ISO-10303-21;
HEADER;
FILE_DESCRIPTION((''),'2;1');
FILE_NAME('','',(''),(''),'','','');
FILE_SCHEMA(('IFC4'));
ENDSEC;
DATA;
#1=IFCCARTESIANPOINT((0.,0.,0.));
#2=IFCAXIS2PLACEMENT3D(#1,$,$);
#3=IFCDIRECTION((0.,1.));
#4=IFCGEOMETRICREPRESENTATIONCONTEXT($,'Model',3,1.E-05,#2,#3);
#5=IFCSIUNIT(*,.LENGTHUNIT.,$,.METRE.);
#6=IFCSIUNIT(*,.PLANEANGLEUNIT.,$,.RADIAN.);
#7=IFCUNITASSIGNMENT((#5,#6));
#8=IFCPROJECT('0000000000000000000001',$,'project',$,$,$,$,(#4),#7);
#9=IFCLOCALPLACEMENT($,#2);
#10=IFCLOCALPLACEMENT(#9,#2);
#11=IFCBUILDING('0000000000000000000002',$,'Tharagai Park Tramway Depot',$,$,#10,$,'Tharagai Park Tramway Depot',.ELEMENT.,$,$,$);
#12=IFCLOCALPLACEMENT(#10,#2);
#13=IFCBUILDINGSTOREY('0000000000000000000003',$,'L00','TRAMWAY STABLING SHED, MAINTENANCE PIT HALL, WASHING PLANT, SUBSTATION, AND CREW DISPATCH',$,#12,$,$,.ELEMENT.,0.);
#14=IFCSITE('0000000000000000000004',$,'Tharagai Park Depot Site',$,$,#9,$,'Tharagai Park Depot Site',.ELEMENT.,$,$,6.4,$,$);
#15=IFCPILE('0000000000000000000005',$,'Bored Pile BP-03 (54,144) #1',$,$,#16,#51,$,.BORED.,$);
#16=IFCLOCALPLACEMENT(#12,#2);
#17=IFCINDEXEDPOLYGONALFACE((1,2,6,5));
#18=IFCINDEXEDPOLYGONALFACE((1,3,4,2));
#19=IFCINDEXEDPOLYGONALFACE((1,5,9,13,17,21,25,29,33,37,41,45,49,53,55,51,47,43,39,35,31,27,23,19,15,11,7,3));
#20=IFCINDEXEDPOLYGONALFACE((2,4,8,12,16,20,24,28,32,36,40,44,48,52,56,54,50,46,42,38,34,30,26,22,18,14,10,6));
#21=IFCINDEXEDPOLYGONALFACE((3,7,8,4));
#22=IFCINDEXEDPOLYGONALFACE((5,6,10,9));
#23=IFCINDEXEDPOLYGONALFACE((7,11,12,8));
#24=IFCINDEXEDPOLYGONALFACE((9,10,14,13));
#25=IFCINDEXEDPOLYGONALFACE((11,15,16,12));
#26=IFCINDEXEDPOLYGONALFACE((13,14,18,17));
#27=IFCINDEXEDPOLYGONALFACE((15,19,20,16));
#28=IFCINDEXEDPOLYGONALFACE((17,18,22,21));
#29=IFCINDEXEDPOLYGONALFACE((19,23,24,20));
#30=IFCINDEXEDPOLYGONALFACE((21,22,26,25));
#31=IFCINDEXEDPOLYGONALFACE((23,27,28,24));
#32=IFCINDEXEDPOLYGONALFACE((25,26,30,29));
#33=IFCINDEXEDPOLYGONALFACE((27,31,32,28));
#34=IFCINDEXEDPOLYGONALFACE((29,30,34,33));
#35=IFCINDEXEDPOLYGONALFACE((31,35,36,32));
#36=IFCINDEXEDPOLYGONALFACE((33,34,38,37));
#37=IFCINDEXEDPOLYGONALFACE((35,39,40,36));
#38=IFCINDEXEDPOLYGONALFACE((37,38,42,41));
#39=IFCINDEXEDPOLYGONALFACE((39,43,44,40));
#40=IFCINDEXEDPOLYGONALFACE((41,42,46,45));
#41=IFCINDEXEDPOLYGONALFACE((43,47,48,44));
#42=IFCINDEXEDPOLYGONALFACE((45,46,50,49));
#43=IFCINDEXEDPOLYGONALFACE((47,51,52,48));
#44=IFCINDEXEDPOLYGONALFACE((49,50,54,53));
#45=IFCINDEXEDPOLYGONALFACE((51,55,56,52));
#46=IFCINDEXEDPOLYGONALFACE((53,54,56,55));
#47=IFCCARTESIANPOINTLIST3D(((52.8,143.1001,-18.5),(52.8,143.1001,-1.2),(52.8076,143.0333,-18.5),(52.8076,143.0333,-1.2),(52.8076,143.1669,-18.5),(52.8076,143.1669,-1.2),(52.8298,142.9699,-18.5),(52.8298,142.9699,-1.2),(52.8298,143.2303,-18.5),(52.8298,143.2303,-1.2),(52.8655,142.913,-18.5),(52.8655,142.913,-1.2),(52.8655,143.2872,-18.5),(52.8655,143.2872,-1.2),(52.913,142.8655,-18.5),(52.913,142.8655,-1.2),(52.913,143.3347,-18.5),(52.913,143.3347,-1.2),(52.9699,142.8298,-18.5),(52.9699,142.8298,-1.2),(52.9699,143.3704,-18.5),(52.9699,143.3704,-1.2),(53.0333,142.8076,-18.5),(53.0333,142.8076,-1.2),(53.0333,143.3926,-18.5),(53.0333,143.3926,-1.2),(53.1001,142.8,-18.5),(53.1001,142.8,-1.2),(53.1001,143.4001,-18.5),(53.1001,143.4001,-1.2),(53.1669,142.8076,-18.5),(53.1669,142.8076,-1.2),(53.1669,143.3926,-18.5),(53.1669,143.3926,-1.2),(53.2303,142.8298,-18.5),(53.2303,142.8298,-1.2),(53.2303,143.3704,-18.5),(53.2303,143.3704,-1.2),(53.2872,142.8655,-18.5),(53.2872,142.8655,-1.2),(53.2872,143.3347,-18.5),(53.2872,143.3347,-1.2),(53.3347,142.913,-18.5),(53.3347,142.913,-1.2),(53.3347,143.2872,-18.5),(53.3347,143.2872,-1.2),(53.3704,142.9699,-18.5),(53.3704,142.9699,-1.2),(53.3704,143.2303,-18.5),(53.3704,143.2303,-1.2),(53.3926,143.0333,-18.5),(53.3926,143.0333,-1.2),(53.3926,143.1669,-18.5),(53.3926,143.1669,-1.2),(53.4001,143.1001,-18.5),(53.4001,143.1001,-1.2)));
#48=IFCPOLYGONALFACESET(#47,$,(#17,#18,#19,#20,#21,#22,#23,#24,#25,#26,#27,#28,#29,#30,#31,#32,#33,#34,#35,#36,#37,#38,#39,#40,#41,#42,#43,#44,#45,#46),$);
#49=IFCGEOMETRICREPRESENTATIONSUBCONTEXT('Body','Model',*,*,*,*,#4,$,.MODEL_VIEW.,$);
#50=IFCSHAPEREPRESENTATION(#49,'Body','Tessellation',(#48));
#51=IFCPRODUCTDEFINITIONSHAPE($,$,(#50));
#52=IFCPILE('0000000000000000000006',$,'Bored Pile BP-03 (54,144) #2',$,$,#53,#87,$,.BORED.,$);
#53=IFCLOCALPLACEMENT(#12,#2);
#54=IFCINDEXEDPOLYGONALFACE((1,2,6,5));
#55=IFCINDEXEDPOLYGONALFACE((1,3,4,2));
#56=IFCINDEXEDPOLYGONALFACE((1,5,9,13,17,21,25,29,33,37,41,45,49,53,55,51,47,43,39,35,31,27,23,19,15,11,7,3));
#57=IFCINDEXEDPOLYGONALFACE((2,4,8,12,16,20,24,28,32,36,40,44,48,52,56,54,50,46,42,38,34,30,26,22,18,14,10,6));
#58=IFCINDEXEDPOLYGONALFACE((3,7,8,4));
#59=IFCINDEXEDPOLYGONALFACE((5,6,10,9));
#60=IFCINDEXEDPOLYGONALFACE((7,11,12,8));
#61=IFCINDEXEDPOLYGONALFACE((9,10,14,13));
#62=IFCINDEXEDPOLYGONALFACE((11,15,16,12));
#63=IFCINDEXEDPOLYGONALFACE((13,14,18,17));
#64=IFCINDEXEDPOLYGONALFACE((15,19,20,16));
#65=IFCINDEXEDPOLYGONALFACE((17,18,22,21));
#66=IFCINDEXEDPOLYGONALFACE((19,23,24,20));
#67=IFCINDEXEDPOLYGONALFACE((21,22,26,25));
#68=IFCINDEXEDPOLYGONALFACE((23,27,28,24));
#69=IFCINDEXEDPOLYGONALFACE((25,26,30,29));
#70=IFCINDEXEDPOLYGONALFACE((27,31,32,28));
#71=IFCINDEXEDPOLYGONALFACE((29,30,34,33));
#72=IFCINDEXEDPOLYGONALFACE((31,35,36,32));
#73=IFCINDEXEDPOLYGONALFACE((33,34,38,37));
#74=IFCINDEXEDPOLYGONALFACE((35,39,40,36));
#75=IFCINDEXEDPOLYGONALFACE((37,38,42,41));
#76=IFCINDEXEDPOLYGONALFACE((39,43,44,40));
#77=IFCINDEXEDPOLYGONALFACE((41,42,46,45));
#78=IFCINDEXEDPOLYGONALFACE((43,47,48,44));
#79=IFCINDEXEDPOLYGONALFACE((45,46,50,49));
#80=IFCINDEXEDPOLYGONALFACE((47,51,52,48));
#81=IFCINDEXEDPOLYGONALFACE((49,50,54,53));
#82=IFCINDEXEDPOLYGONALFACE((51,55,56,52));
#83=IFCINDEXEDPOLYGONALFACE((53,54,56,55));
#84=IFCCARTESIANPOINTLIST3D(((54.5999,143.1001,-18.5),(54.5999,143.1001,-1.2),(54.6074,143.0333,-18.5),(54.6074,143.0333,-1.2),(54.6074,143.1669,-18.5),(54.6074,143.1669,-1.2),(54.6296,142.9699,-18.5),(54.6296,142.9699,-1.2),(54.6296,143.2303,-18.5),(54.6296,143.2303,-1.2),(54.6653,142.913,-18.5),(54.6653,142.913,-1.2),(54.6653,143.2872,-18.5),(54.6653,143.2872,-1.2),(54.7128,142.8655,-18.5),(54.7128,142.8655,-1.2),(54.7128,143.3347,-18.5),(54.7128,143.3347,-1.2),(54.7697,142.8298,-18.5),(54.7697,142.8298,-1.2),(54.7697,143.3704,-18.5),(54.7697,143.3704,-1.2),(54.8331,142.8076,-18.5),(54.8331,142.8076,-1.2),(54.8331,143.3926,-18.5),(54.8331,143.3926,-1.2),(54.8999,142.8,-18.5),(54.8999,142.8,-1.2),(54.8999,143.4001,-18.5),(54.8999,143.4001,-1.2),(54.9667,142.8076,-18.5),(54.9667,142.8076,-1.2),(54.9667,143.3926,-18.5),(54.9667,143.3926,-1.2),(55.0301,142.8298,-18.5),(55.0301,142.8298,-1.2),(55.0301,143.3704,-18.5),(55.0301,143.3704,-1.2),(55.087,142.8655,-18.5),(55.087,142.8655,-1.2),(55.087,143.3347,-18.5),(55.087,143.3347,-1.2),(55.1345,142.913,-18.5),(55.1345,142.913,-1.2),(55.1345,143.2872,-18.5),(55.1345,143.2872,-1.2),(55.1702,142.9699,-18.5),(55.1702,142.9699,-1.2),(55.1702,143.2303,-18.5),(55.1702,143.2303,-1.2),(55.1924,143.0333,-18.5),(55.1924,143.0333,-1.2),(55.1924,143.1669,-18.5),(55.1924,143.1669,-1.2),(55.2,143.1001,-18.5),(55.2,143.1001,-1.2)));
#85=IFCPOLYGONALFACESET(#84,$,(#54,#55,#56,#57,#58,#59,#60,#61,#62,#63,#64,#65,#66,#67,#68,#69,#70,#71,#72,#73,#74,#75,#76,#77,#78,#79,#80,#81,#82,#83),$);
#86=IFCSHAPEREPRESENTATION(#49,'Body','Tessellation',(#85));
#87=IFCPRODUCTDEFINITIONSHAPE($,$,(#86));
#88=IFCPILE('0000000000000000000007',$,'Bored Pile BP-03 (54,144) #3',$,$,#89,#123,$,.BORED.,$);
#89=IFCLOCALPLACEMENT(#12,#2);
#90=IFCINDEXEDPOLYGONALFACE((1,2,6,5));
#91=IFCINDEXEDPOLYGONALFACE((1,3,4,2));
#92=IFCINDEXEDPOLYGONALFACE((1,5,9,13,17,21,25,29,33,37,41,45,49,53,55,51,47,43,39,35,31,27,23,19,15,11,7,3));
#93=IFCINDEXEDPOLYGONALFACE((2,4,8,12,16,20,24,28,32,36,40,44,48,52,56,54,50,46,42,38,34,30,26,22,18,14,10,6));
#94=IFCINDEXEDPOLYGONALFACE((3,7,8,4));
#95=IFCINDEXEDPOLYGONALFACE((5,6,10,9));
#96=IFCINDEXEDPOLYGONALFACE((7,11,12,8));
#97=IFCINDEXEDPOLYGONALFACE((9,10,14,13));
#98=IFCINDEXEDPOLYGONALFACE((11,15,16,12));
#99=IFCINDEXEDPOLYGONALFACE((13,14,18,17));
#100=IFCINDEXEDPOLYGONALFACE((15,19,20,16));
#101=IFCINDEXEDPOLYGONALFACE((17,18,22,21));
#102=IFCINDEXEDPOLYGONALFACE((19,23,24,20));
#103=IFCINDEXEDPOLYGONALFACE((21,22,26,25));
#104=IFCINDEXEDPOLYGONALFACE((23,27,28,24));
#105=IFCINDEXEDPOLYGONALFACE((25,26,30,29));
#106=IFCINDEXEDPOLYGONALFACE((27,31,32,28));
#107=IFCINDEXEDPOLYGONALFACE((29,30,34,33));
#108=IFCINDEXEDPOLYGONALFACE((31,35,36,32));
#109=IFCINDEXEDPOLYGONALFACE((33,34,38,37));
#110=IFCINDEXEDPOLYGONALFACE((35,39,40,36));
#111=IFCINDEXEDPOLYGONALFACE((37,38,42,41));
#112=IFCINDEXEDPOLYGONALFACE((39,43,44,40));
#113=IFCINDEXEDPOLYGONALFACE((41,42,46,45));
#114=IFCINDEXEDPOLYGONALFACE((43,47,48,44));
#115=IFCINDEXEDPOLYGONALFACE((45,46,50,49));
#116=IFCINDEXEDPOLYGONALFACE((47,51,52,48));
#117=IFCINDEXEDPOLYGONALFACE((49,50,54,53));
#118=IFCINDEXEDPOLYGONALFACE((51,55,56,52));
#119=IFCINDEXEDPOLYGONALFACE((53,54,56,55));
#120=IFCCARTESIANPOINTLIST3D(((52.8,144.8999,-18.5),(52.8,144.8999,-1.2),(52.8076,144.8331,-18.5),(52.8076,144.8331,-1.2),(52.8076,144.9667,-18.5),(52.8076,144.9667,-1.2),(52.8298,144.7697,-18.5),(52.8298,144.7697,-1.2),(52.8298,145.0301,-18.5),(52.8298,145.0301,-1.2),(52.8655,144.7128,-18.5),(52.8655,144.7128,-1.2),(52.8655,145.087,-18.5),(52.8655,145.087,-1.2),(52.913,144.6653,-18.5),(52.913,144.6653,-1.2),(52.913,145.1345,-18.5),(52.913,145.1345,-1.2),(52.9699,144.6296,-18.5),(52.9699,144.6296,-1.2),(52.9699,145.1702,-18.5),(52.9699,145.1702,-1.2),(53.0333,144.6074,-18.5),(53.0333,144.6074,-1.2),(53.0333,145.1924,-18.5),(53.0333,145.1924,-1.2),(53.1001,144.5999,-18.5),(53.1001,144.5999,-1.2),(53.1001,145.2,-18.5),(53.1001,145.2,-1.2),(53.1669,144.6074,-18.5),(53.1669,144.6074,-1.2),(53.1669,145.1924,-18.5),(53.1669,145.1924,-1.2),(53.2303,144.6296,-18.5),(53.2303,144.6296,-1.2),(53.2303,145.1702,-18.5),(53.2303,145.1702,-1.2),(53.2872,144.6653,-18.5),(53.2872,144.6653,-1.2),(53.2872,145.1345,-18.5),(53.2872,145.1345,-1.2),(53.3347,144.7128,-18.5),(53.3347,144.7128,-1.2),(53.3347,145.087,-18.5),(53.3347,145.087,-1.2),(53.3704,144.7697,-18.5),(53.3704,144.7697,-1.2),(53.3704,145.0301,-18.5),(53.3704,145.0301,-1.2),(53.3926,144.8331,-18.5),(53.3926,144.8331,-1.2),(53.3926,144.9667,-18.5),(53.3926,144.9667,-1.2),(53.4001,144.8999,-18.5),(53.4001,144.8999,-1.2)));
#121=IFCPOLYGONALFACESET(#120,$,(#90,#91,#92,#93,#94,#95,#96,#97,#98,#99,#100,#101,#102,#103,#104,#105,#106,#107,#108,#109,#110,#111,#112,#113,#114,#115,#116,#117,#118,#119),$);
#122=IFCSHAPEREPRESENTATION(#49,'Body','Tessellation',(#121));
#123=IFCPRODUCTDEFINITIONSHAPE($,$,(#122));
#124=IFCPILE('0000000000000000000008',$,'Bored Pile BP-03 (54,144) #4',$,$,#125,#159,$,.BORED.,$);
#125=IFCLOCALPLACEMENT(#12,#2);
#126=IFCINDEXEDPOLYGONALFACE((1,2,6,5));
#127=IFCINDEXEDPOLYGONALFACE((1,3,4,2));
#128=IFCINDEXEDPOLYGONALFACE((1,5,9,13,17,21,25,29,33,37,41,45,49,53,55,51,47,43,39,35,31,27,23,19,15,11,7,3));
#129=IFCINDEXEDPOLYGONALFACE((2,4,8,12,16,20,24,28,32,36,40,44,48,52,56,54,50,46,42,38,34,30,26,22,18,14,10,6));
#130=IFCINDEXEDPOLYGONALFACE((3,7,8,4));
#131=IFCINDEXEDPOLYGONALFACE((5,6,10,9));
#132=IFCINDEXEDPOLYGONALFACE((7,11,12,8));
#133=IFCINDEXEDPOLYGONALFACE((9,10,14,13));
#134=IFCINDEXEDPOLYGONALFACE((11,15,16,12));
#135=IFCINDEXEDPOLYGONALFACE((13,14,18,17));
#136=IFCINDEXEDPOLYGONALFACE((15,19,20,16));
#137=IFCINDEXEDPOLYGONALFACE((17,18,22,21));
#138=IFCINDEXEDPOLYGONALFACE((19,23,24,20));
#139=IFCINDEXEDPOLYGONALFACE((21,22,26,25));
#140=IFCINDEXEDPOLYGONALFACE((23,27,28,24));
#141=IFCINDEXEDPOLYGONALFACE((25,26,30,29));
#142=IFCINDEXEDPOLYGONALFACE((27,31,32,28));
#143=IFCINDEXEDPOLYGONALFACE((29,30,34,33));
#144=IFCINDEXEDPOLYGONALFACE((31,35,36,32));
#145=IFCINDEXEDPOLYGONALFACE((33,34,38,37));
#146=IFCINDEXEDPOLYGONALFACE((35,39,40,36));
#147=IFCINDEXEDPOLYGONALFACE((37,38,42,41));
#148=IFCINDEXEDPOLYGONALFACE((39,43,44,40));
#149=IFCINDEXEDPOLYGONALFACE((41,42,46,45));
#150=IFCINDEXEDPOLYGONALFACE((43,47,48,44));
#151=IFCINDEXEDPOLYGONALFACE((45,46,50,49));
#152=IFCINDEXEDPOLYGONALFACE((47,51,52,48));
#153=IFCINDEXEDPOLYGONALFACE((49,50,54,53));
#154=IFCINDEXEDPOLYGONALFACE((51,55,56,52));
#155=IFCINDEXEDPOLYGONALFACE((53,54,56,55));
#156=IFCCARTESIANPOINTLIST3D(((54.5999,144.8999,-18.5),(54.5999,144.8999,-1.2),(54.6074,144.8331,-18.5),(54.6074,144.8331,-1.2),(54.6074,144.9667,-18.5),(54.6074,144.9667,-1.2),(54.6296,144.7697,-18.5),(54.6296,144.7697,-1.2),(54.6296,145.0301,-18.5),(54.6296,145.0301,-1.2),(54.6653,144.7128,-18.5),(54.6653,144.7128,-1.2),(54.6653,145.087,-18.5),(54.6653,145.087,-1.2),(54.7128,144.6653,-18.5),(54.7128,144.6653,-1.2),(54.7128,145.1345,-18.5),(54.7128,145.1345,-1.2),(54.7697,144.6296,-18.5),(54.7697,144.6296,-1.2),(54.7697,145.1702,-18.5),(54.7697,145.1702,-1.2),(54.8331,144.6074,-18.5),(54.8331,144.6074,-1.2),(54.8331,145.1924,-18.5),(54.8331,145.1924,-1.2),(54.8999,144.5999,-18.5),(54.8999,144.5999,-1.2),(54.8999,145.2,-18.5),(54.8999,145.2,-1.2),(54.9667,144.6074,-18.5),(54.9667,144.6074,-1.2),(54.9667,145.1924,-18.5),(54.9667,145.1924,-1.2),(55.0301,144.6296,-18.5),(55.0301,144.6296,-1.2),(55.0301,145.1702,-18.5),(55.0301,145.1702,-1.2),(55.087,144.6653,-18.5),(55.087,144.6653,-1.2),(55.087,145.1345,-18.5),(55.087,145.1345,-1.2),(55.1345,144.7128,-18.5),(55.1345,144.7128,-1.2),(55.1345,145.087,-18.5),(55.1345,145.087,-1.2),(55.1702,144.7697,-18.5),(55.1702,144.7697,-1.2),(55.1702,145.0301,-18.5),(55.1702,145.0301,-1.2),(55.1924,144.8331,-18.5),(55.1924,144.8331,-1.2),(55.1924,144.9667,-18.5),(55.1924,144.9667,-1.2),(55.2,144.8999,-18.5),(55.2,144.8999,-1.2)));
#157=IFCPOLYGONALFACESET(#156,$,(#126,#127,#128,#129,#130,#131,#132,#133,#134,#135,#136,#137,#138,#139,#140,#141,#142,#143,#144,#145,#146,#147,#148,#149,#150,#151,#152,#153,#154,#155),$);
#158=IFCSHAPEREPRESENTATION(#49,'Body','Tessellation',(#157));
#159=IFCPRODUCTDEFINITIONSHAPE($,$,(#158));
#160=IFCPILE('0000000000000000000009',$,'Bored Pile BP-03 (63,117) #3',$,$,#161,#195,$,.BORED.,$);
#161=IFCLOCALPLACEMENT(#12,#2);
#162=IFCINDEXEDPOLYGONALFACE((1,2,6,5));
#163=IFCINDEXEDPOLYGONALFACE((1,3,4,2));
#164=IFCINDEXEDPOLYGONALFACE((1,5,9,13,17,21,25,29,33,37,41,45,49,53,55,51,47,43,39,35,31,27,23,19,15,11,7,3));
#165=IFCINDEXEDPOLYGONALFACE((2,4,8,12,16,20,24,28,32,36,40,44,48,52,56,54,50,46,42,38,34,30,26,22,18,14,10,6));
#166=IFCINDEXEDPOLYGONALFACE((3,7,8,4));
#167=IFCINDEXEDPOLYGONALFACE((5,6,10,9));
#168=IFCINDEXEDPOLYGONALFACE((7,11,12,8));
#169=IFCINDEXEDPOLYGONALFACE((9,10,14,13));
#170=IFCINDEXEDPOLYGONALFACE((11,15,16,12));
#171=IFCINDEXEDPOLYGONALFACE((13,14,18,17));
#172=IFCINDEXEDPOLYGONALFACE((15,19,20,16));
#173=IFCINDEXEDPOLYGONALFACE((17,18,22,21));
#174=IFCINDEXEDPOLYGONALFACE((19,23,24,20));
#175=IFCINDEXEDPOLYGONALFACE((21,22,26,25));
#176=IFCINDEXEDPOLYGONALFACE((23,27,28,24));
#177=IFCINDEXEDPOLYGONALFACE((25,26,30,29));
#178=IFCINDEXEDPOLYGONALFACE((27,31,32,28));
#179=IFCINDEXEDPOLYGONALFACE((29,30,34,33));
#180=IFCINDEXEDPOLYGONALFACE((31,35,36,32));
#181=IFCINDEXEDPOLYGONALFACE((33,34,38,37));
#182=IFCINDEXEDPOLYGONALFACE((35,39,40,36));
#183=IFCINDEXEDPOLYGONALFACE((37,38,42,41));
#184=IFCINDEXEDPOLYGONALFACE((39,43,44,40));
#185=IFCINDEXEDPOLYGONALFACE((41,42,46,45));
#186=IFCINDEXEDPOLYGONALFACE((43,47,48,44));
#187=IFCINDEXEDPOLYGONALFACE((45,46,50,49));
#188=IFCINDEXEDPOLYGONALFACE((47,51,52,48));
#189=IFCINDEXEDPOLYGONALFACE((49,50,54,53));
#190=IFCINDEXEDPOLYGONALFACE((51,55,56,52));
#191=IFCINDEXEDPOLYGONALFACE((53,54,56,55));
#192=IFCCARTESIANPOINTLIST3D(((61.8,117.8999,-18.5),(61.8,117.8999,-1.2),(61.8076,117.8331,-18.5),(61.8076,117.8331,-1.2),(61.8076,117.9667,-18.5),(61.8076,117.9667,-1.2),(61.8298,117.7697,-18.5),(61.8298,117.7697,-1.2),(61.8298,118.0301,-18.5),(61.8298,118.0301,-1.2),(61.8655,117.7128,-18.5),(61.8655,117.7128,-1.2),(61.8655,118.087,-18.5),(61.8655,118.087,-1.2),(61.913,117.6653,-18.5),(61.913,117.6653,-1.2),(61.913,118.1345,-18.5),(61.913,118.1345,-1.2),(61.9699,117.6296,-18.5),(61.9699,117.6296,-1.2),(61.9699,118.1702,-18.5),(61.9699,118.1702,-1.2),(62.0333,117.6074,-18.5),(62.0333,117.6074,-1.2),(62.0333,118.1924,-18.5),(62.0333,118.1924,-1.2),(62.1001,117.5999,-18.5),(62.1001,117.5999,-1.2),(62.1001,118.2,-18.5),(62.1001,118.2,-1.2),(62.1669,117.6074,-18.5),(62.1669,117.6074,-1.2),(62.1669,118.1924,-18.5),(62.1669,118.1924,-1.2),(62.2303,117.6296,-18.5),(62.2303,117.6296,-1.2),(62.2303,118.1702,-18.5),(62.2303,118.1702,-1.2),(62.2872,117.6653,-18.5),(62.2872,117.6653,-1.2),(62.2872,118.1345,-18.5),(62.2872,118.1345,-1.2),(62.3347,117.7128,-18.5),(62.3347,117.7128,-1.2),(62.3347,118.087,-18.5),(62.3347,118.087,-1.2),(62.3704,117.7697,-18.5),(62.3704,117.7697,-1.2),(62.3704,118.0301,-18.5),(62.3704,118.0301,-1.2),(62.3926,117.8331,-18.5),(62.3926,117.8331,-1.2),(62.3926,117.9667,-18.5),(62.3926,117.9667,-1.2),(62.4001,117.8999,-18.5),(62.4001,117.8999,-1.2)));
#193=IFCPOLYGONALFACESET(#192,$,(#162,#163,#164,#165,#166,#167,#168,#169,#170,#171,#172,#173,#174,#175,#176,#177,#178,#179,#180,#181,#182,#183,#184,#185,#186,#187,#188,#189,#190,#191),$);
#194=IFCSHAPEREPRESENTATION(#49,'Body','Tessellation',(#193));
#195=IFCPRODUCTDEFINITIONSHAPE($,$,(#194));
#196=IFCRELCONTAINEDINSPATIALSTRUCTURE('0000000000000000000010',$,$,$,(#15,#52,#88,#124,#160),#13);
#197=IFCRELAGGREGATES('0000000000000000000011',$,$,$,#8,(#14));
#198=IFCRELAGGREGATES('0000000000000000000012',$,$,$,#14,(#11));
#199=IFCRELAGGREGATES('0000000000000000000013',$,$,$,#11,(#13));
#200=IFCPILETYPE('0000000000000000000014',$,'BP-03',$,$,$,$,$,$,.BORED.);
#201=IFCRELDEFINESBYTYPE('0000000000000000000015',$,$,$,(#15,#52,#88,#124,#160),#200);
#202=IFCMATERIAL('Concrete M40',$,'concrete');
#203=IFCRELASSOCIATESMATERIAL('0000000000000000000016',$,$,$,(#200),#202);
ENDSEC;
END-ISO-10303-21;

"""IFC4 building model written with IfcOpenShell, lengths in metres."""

from ifc_helpers import new_model, si_unit, direction, frame, origin, origin_2d, place, context, subcontext, project, spatial, circle, extrude, material, material_profile, profile_set, type_object, element, save


model = new_model("IFC4")

# Units and contexts
model_context = context("Model", 3, precision=1e-05, world=origin(), true_north=direction((0.0, 1.0)))
body_context = subcontext(model_context, "Body", "Model", "MODEL_VIEW")
ifc_project = project(units=[si_unit("LENGTHUNIT", "METRE"), si_unit("PLANEANGLEUNIT", "RADIAN")], contexts=[model_context])

# Site, building, storey
site_placement = place(None, origin())
site = spatial("IfcSite", under=ifc_project, at=site_placement, Name="Tharagai Park Depot Site", LongName="Tharagai Park Depot Site", CompositionType="ELEMENT", RefElevation=6.4)
building_placement = place(site_placement, origin())
building = spatial("IfcBuilding", under=site, at=building_placement, Name="Tharagai Park Tramway Depot", LongName="Tharagai Park Tramway Depot", CompositionType="ELEMENT")
storey_placement = place(building_placement, origin())
storey = spatial("IfcBuildingStorey", under=building, at=storey_placement, Name="L00", Description="TRAMWAY STABLING SHED, MAINTENANCE PIT HALL, WASHING PLANT, SUBSTATION, AND CREW DISPATCH", CompositionType="ELEMENT", Elevation=0.0)

# Piles
ifc_material_1 = material(Name="Concrete M40", Category="concrete")
ifc_material_profile_1 = material_profile(ifc_material_1, circle(Radius=0.3, at=origin_2d()), Name="PILE D600")
ifc_profile_set_1 = profile_set([ifc_material_profile_1], Name="Concrete M40")
pile_type = type_object("IfcPileType", Name="BP-03", PredefinedType="BORED", material=ifc_profile_set_1)
for number, where, z_axis, x_axis, name in (
    (1, (53.1001, 143.1001, -1.2), (0.0, 0.0, -1.0), (1.0, 0.0, 0.0), "Bored Pile BP-03 (54,144) #1"),
    (2, (54.8999, 143.1001, -1.2), (0.0, 0.0, -1.0), (1.0, 0.0, 0.0), "Bored Pile BP-03 (54,144) #2"),
    (3, (53.1001, 144.8999, -1.2), (0.0, 0.0, -1.0), (1.0, 0.0, 0.0), "Bored Pile BP-03 (54,144) #3"),
    (4, (54.8999, 144.8999, -1.2), (0.0, 0.0, -1.0), (1.0, 0.0, 0.0), "Bored Pile BP-03 (54,144) #4"),
    (5, (62.1001, 117.8999, -1.2), (0.0, 0.0, -1.0), (1.0, 0.0, 0.0), "Bored Pile BP-03 (63,117) #3"),
):
    element("IfcPile", number, at=place(storey_placement, frame(where, z_axis=z_axis, x_axis=x_axis)), inside=storey, type_object=pile_type, Name=name, PredefinedType="BORED", context=body_context, shape_type="SweptSolid", body=[
        extrude(circle(Radius=0.3, at=origin_2d()), origin(), (0.0, 0.0, 1.0), 17.3),
    ])

save(model, "model.ifc")
